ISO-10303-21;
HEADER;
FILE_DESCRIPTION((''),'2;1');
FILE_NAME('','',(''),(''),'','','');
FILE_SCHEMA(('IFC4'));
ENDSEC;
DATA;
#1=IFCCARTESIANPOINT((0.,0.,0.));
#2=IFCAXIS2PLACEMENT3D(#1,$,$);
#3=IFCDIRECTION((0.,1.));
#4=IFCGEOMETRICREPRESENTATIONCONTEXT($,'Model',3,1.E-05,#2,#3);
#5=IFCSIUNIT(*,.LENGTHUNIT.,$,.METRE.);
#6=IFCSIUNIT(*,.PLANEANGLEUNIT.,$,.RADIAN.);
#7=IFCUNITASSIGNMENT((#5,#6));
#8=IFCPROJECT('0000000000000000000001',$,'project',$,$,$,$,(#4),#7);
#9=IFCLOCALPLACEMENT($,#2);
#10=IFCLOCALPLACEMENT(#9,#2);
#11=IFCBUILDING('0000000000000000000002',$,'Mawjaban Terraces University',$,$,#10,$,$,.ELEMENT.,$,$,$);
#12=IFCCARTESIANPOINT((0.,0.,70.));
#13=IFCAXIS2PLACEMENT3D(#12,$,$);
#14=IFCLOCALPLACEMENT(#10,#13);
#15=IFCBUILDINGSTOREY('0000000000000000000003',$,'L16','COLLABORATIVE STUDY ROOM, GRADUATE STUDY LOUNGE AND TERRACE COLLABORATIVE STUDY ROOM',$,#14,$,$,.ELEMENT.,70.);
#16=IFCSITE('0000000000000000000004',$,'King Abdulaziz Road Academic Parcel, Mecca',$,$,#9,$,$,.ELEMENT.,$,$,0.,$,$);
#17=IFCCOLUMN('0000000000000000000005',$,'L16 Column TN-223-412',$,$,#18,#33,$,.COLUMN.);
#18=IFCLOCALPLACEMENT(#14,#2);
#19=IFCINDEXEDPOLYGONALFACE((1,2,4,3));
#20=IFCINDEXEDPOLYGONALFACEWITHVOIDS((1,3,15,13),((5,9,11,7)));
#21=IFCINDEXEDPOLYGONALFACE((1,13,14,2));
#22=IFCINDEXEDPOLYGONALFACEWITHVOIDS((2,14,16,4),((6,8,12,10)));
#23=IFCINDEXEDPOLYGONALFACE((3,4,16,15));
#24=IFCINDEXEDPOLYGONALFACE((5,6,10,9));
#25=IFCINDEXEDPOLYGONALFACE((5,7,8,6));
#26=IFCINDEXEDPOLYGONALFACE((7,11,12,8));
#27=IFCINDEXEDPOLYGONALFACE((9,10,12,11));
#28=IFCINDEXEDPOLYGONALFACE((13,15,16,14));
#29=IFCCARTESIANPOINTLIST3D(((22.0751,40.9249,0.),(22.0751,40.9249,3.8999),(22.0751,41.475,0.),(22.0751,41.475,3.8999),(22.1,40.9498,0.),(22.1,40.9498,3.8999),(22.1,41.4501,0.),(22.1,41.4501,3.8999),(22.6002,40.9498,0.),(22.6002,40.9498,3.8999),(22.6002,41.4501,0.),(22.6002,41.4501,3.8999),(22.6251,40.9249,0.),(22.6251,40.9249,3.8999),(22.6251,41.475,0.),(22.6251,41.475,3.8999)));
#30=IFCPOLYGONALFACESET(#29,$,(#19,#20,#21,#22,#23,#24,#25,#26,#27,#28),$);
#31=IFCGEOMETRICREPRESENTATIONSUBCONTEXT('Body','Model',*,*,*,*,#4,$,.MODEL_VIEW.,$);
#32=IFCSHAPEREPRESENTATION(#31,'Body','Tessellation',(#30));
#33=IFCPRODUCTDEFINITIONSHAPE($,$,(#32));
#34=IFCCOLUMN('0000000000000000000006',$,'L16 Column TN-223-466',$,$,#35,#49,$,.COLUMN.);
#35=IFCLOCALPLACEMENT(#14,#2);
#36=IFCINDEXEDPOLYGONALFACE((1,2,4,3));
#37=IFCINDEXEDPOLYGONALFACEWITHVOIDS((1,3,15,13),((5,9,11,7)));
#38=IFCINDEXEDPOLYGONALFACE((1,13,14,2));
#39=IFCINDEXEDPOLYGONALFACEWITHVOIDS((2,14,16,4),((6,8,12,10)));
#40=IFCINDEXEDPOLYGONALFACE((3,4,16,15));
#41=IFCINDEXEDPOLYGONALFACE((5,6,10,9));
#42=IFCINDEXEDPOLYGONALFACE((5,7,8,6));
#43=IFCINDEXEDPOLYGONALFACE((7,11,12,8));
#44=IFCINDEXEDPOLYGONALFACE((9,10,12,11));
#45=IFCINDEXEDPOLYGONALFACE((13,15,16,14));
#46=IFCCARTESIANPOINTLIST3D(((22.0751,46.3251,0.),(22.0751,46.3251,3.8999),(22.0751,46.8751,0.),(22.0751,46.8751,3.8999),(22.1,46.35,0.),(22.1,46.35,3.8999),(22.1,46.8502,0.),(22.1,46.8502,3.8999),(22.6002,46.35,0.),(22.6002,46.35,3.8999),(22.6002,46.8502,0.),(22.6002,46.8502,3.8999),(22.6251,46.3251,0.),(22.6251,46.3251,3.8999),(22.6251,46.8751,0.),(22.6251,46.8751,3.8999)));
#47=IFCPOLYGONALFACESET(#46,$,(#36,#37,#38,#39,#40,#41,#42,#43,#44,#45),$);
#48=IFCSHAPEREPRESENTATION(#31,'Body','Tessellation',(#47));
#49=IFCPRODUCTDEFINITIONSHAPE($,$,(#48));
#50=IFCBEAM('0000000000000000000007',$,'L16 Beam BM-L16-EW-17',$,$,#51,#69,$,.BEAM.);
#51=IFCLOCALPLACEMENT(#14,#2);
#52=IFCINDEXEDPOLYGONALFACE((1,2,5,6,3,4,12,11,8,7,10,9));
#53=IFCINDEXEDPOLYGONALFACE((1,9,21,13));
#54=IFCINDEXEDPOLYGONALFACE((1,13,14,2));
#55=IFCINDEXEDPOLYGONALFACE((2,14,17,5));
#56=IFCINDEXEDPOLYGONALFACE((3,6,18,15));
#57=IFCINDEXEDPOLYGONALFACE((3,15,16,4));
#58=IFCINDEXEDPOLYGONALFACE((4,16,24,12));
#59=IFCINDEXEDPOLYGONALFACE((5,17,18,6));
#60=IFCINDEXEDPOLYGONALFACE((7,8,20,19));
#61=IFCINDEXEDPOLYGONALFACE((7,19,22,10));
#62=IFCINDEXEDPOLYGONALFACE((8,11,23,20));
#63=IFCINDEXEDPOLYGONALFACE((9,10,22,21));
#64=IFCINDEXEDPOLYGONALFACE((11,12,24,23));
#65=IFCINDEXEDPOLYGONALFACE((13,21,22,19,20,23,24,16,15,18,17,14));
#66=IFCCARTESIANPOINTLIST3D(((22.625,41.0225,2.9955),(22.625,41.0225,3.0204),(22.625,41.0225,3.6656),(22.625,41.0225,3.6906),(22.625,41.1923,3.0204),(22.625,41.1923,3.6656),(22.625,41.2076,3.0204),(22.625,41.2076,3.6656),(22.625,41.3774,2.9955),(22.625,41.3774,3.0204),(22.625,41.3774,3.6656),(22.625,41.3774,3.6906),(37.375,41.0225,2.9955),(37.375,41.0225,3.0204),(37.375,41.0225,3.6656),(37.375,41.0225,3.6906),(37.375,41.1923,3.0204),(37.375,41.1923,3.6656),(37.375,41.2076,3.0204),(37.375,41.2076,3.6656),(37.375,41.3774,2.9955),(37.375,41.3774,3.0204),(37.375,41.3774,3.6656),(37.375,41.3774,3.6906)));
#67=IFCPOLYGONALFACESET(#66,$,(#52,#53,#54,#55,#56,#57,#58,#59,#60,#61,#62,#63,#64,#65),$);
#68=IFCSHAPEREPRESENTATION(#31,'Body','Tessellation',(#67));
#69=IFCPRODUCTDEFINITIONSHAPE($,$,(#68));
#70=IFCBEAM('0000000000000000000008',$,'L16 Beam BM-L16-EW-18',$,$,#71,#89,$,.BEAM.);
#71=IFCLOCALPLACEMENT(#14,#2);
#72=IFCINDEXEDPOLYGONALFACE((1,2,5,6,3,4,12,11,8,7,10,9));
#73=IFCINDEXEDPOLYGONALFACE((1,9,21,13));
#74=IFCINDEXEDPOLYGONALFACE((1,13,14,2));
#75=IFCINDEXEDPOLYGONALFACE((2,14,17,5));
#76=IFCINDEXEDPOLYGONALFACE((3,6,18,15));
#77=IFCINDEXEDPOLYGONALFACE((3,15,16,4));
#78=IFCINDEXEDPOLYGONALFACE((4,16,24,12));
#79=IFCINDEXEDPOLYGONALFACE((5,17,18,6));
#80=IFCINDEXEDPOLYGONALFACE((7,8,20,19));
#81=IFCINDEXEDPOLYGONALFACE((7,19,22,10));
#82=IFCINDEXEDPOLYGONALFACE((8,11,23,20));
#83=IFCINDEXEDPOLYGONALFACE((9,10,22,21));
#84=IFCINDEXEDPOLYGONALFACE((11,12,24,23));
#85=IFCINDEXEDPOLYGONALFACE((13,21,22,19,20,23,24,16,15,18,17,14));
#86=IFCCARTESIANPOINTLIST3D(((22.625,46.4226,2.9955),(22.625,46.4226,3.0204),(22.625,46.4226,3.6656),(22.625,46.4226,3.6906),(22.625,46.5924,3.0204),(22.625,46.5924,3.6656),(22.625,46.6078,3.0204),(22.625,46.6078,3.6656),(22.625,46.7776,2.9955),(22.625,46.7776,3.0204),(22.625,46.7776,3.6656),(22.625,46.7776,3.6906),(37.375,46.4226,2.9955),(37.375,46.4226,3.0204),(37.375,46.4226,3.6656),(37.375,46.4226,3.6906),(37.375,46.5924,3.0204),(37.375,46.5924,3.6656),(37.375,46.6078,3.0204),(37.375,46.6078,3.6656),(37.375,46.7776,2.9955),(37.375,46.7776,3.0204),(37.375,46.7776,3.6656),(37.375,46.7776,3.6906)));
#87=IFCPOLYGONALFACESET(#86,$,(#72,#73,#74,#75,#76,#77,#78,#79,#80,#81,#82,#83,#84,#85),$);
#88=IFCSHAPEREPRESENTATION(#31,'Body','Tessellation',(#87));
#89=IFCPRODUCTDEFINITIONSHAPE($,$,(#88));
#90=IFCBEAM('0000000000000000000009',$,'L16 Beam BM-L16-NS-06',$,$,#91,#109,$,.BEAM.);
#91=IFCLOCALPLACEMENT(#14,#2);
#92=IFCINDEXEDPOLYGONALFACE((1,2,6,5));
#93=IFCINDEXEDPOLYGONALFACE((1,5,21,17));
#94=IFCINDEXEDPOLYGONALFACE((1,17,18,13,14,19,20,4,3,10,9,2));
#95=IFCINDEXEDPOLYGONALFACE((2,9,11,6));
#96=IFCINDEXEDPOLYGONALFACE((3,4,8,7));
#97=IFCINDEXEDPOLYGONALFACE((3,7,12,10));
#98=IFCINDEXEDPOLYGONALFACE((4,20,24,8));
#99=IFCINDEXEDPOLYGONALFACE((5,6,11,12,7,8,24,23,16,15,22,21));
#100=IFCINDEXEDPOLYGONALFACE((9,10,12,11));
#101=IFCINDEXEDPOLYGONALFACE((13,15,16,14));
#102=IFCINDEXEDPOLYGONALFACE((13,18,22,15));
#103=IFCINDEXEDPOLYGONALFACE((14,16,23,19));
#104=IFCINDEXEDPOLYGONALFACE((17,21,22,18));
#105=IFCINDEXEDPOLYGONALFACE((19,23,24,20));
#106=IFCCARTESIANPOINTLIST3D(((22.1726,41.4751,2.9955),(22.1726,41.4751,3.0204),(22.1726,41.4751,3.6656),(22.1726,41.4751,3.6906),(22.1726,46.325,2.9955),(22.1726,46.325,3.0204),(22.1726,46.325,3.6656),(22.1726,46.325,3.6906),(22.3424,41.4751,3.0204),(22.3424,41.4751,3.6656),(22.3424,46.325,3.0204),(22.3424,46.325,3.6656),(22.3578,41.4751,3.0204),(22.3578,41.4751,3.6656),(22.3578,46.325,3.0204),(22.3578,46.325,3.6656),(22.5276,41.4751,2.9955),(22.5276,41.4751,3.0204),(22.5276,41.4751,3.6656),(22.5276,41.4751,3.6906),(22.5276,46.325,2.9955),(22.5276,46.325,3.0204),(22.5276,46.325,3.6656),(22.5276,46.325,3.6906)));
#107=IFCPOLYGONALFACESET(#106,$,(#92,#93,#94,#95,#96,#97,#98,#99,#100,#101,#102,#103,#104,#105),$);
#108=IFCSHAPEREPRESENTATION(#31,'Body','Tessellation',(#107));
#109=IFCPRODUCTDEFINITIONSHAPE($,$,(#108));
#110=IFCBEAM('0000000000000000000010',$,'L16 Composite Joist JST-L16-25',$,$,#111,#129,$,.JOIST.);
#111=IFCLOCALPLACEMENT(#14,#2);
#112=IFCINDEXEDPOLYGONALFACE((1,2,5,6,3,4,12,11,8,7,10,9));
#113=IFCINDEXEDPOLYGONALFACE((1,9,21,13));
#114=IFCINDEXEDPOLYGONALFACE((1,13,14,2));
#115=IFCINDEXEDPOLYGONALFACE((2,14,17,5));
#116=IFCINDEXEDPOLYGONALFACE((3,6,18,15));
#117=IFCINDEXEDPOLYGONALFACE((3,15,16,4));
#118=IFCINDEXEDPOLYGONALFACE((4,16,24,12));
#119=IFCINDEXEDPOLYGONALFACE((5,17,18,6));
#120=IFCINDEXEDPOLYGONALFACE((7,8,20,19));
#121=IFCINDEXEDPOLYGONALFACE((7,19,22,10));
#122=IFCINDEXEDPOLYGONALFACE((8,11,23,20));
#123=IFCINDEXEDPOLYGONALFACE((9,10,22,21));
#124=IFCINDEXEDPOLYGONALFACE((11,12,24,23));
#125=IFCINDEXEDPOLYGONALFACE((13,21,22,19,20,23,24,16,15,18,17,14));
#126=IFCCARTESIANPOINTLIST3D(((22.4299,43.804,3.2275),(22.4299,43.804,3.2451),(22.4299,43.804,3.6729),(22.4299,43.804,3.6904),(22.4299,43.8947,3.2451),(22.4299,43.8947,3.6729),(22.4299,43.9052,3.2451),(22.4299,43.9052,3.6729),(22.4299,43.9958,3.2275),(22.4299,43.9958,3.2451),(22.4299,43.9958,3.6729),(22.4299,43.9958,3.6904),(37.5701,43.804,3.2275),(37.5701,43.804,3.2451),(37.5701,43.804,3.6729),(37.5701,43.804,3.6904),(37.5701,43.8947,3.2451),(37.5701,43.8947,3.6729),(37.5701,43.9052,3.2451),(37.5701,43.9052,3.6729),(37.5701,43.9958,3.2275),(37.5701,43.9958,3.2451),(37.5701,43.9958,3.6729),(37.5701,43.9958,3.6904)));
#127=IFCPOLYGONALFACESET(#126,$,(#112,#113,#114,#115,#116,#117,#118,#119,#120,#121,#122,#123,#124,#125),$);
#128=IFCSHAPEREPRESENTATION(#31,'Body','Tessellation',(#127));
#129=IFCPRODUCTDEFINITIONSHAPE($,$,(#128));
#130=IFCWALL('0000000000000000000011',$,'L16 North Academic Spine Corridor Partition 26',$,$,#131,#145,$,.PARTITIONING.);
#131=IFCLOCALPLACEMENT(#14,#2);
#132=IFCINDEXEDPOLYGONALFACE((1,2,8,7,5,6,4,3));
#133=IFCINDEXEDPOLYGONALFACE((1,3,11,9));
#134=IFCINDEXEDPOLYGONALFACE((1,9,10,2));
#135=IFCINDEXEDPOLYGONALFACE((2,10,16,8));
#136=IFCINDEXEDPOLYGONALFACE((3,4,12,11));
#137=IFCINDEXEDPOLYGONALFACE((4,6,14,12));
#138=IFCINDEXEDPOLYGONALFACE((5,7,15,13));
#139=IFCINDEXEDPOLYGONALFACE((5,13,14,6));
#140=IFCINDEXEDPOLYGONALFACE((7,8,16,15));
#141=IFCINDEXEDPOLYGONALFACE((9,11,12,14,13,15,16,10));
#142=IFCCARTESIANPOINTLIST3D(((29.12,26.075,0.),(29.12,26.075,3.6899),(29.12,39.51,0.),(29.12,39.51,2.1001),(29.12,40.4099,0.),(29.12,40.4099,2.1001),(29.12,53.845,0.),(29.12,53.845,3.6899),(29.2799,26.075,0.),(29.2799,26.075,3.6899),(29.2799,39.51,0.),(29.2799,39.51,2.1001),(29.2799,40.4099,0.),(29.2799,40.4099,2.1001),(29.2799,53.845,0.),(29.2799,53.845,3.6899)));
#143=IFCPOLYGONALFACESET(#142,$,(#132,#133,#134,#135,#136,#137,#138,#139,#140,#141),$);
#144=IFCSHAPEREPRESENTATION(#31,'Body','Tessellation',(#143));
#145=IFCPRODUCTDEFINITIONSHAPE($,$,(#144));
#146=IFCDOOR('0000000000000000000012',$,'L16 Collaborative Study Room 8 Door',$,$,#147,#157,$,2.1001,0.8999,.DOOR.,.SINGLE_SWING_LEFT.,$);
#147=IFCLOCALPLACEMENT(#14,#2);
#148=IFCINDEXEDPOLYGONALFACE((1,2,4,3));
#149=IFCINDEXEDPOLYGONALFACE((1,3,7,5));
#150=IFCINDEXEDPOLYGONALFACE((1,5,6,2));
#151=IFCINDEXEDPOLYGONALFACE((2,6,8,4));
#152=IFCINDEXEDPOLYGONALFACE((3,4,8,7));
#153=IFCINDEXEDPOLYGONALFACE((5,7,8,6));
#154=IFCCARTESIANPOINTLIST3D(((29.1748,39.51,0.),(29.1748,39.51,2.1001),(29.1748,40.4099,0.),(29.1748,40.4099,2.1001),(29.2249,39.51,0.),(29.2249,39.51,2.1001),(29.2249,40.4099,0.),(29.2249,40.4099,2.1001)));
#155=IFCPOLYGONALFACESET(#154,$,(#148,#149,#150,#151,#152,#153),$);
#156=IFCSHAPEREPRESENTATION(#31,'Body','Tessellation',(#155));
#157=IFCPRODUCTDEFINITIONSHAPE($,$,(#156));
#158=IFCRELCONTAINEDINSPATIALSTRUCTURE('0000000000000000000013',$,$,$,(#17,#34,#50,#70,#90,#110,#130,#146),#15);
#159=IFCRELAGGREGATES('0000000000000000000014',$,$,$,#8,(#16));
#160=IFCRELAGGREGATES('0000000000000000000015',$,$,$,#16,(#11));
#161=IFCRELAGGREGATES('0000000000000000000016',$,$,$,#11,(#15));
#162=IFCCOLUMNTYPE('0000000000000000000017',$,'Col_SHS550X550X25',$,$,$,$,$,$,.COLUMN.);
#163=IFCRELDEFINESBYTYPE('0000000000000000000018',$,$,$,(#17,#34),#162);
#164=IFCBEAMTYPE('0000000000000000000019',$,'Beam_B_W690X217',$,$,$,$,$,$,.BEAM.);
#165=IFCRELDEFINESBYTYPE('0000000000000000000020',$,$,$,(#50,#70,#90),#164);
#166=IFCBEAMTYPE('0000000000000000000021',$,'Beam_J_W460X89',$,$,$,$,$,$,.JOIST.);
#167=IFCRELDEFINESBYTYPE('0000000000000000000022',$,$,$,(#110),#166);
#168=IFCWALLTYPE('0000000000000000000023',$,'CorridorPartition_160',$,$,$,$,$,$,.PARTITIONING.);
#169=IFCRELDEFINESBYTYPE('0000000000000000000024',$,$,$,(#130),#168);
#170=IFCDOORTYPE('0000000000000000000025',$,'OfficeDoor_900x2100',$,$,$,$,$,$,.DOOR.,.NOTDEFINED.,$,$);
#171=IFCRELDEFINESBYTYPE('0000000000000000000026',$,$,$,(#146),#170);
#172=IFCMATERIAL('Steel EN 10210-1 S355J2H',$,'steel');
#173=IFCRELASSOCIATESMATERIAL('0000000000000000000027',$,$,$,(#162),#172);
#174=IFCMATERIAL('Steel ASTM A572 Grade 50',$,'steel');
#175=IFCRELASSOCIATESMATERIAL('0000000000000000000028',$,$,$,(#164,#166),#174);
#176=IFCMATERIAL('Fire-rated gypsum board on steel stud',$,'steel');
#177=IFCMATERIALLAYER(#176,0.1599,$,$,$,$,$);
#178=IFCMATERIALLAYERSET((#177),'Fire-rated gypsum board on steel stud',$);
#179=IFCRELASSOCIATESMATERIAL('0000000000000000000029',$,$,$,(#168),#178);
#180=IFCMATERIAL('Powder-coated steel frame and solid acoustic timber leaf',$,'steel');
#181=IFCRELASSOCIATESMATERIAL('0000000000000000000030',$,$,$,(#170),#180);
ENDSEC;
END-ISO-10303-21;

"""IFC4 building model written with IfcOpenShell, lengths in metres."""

from ifc_helpers import new_model, si_unit, direction, frame, frame_2d, origin, origin_2d, place, context, subcontext, project, spatial, rectangle, hollow_rectangle, i_section, extrude, material, layer, layer_set, material_profile, profile_set, type_object, element, fill, save


model = new_model("IFC4")

# Units and contexts
model_context = context("Model", 3, precision=1e-05, world=origin(), true_north=direction((0.0, 1.0)))
body_context = subcontext(model_context, "Body", "Model", "MODEL_VIEW")
ifc_project = project(units=[si_unit("LENGTHUNIT", "METRE"), si_unit("PLANEANGLEUNIT", "RADIAN")], contexts=[model_context])

# Site, building, storey
site_placement = place(None, origin())
site = spatial("IfcSite", under=ifc_project, at=site_placement, Name="King Abdulaziz Road Academic Parcel, Mecca", CompositionType="ELEMENT", RefElevation=0.0)
building_placement = place(site_placement, origin())
building = spatial("IfcBuilding", under=site, at=building_placement, Name="Mawjaban Terraces University", CompositionType="ELEMENT")
storey_placement = place(building_placement, frame((0.0, 0.0, 70.0)))
storey = spatial("IfcBuildingStorey", under=building, at=storey_placement, Name="L16", Description="COLLABORATIVE STUDY ROOM, GRADUATE STUDY LOUNGE AND TERRACE COLLABORATIVE STUDY ROOM", CompositionType="ELEMENT", Elevation=70.0)

# Columns
ifc_material_1 = material(Name="Steel EN 10210-1 S355J2H", Category="steel")
ifc_material_profile_1 = material_profile(ifc_material_1, hollow_rectangle(XDim=0.55, YDim=0.55, WallThickness=0.0249, at=origin_2d()), Name="SHS550X550X25")
ifc_profile_set_1 = profile_set([ifc_material_profile_1], Name="Steel EN 10210-1 S355J2H")
column_type = type_object("IfcColumnType", Name="Col_SHS550X550X25", PredefinedType="COLUMN", material=ifc_profile_set_1)
for number, where, z_axis, x_axis, name in (
    (1, (22.3501, 41.2, 0.0), (0.0, 0.0, 1.0), (1.0, 0.0, 0.0), "L16 Column TN-223-412"),
    (2, (22.3501, 46.6001, 0.0), (0.0, 0.0, 1.0), (1.0, 0.0, 0.0), "L16 Column TN-223-466"),
):
    element("IfcColumn", number, at=place(storey_placement, frame(where, z_axis=z_axis, x_axis=x_axis)), inside=storey, type_object=column_type, Name=name, PredefinedType="COLUMN", context=body_context, shape_type="SweptSolid", body=[
        extrude(hollow_rectangle(XDim=0.55, YDim=0.55, WallThickness=0.0249, at=origin_2d()), origin(), (0.0, 0.0, 1.0), 3.8999),
    ])

# Beams
ifc_material_2 = material(Name="Steel ASTM A572 Grade 50", Category="steel")
ifc_material_profile_2 = material_profile(ifc_material_2, i_section(OverallWidth=0.355, OverallDepth=0.6951, WebThickness=0.0154, FlangeThickness=0.0249, at=origin_2d()), Name="W690X217")
ifc_profile_set_2 = profile_set([ifc_material_profile_2], Name="Steel ASTM A572 Grade 50")
beam_type_1 = type_object("IfcBeamType", Name="Beam_B_W690X217", PredefinedType="BEAM", material=ifc_profile_set_2)
for number, where, z_axis, x_axis, name in (
    (3, (22.625, 41.2, 3.343), (1.0, 0.0, 0.0), (0.0, 1.0, 0.0), "L16 Beam BM-L16-EW-17"),
    (4, (22.625, 46.6001, 3.343), (1.0, 0.0, 0.0), (0.0, 1.0, 0.0), "L16 Beam BM-L16-EW-18"),
):
    element("IfcBeam", number, at=place(storey_placement, frame(where, z_axis=z_axis, x_axis=x_axis)), inside=storey, type_object=beam_type_1, Name=name, PredefinedType="BEAM", context=body_context, shape_type="SweptSolid", body=[
        extrude(i_section(OverallWidth=0.355, OverallDepth=0.6951, WebThickness=0.0154, FlangeThickness=0.0249, at=origin_2d()), origin(), (0.0, 0.0, 1.0), 14.75),
    ])
beam_1_placement = place(storey_placement, frame((22.3501, 41.4751, 3.343), z_axis=(0.0, 1.0, 0.0), x_axis=(-1.0, 0.0, 0.0)))
element("IfcBeam", 5, at=beam_1_placement, inside=storey, type_object=beam_type_1, Name="L16 Beam BM-L16-NS-06", PredefinedType="BEAM", context=body_context, shape_type="SweptSolid", body=[
    extrude(i_section(OverallWidth=0.355, OverallDepth=0.6951, WebThickness=0.0154, FlangeThickness=0.0249, at=origin_2d()), origin(), (0.0, 0.0, 1.0), 4.8499),
])
ifc_material_profile_3 = material_profile(ifc_material_2, i_section(OverallWidth=0.1919, OverallDepth=0.4629, WebThickness=0.0105, FlangeThickness=0.0176, at=origin_2d()), Name="W460X89")
ifc_profile_set_3 = profile_set([ifc_material_profile_3], Name="Steel ASTM A572 Grade 50")
beam_type_2 = type_object("IfcBeamType", Name="Beam_J_W460X89", PredefinedType="JOIST", material=ifc_profile_set_3)
beam_2_placement = place(storey_placement, frame((22.4299, 43.8999, 3.459), z_axis=(1.0, 0.0, 0.0), x_axis=(0.0, 1.0, 0.0)))
element("IfcBeam", 6, at=beam_2_placement, inside=storey, type_object=beam_type_2, Name="L16 Composite Joist JST-L16-25", PredefinedType="JOIST", context=body_context, shape_type="SweptSolid", body=[
    extrude(i_section(OverallWidth=0.1919, OverallDepth=0.4629, WebThickness=0.0105, FlangeThickness=0.0176, at=origin_2d()), origin(), (0.0, 0.0, 1.0), 15.1401),
])

# Wall, opening, door
ifc_material_3 = material(Name="Fire-rated gypsum board on steel stud", Category="steel")
ifc_layer_1 = layer(ifc_material_3, 0.1599)
ifc_layer_set_1 = layer_set([ifc_layer_1], Name="Fire-rated gypsum board on steel stud")
wall_type_1 = type_object("IfcWallType", Name="CorridorPartition_160", PredefinedType="PARTITIONING", material=ifc_layer_set_1)
wall_1_placement = place(storey_placement, frame((29.2, 53.845, 0.0), z_axis=(0.0, 0.0, 1.0), x_axis=(0.0, -1.0, 0.0)))
wall_1 = element("IfcWall", 7, at=wall_1_placement, inside=storey, type_object=wall_type_1, Name="L16 North Academic Spine Corridor Partition 26", PredefinedType="PARTITIONING", context=body_context, shape_type="SweptSolid", body=[
    extrude(rectangle(XDim=27.77, YDim=0.1599, at=frame_2d((13.885, 0.0))), origin(), (0.0, 0.0, 1.0), 3.6899),
])
opening_1_placement = place(wall_1_placement, frame((13.4351, 0.0, 0.0)))
opening_1 = element("IfcOpeningElement", 8, at=opening_1_placement, cuts=wall_1, PredefinedType="OPENING", context=body_context, shape_type="SweptSolid", body=[
    extrude(rectangle(XDim=0.8999, YDim=2.1001, at=frame_2d((0.45, 1.05))), frame((0.0, 0.0898, 0.0), z_axis=(0.0, -1.0, 0.0), x_axis=(1.0, 0.0, 0.0)), (0.0, 0.0, 1.0), 0.1799),
])
ifc_material_4 = material(Name="Powder-coated steel frame and solid acoustic timber leaf", Category="steel")
door_type_1 = type_object("IfcDoorType", Name="OfficeDoor_900x2100", OperationType="NOTDEFINED", PredefinedType="DOOR", material=ifc_material_4)
door_1_placement = place(opening_1_placement, origin())
door_1 = element("IfcDoor", 9, at=door_1_placement, inside=storey, type_object=door_type_1, Name="L16 Collaborative Study Room 8 Door", OperationType="SINGLE_SWING_LEFT", OverallHeight=2.1001, OverallWidth=0.8999, PredefinedType="DOOR", context=body_context, shape_type="SweptSolid", body=[
    extrude(rectangle(XDim=0.8999, YDim=2.1001, at=frame_2d((0.45, 1.05))), frame((0.0, 0.0249, 0.0), z_axis=(0.0, -1.0, 0.0), x_axis=(1.0, 0.0, 0.0)), (0.0, 0.0, 1.0), 0.05),
])
fill(opening_1, door_1)

save(model, "model.ifc")
